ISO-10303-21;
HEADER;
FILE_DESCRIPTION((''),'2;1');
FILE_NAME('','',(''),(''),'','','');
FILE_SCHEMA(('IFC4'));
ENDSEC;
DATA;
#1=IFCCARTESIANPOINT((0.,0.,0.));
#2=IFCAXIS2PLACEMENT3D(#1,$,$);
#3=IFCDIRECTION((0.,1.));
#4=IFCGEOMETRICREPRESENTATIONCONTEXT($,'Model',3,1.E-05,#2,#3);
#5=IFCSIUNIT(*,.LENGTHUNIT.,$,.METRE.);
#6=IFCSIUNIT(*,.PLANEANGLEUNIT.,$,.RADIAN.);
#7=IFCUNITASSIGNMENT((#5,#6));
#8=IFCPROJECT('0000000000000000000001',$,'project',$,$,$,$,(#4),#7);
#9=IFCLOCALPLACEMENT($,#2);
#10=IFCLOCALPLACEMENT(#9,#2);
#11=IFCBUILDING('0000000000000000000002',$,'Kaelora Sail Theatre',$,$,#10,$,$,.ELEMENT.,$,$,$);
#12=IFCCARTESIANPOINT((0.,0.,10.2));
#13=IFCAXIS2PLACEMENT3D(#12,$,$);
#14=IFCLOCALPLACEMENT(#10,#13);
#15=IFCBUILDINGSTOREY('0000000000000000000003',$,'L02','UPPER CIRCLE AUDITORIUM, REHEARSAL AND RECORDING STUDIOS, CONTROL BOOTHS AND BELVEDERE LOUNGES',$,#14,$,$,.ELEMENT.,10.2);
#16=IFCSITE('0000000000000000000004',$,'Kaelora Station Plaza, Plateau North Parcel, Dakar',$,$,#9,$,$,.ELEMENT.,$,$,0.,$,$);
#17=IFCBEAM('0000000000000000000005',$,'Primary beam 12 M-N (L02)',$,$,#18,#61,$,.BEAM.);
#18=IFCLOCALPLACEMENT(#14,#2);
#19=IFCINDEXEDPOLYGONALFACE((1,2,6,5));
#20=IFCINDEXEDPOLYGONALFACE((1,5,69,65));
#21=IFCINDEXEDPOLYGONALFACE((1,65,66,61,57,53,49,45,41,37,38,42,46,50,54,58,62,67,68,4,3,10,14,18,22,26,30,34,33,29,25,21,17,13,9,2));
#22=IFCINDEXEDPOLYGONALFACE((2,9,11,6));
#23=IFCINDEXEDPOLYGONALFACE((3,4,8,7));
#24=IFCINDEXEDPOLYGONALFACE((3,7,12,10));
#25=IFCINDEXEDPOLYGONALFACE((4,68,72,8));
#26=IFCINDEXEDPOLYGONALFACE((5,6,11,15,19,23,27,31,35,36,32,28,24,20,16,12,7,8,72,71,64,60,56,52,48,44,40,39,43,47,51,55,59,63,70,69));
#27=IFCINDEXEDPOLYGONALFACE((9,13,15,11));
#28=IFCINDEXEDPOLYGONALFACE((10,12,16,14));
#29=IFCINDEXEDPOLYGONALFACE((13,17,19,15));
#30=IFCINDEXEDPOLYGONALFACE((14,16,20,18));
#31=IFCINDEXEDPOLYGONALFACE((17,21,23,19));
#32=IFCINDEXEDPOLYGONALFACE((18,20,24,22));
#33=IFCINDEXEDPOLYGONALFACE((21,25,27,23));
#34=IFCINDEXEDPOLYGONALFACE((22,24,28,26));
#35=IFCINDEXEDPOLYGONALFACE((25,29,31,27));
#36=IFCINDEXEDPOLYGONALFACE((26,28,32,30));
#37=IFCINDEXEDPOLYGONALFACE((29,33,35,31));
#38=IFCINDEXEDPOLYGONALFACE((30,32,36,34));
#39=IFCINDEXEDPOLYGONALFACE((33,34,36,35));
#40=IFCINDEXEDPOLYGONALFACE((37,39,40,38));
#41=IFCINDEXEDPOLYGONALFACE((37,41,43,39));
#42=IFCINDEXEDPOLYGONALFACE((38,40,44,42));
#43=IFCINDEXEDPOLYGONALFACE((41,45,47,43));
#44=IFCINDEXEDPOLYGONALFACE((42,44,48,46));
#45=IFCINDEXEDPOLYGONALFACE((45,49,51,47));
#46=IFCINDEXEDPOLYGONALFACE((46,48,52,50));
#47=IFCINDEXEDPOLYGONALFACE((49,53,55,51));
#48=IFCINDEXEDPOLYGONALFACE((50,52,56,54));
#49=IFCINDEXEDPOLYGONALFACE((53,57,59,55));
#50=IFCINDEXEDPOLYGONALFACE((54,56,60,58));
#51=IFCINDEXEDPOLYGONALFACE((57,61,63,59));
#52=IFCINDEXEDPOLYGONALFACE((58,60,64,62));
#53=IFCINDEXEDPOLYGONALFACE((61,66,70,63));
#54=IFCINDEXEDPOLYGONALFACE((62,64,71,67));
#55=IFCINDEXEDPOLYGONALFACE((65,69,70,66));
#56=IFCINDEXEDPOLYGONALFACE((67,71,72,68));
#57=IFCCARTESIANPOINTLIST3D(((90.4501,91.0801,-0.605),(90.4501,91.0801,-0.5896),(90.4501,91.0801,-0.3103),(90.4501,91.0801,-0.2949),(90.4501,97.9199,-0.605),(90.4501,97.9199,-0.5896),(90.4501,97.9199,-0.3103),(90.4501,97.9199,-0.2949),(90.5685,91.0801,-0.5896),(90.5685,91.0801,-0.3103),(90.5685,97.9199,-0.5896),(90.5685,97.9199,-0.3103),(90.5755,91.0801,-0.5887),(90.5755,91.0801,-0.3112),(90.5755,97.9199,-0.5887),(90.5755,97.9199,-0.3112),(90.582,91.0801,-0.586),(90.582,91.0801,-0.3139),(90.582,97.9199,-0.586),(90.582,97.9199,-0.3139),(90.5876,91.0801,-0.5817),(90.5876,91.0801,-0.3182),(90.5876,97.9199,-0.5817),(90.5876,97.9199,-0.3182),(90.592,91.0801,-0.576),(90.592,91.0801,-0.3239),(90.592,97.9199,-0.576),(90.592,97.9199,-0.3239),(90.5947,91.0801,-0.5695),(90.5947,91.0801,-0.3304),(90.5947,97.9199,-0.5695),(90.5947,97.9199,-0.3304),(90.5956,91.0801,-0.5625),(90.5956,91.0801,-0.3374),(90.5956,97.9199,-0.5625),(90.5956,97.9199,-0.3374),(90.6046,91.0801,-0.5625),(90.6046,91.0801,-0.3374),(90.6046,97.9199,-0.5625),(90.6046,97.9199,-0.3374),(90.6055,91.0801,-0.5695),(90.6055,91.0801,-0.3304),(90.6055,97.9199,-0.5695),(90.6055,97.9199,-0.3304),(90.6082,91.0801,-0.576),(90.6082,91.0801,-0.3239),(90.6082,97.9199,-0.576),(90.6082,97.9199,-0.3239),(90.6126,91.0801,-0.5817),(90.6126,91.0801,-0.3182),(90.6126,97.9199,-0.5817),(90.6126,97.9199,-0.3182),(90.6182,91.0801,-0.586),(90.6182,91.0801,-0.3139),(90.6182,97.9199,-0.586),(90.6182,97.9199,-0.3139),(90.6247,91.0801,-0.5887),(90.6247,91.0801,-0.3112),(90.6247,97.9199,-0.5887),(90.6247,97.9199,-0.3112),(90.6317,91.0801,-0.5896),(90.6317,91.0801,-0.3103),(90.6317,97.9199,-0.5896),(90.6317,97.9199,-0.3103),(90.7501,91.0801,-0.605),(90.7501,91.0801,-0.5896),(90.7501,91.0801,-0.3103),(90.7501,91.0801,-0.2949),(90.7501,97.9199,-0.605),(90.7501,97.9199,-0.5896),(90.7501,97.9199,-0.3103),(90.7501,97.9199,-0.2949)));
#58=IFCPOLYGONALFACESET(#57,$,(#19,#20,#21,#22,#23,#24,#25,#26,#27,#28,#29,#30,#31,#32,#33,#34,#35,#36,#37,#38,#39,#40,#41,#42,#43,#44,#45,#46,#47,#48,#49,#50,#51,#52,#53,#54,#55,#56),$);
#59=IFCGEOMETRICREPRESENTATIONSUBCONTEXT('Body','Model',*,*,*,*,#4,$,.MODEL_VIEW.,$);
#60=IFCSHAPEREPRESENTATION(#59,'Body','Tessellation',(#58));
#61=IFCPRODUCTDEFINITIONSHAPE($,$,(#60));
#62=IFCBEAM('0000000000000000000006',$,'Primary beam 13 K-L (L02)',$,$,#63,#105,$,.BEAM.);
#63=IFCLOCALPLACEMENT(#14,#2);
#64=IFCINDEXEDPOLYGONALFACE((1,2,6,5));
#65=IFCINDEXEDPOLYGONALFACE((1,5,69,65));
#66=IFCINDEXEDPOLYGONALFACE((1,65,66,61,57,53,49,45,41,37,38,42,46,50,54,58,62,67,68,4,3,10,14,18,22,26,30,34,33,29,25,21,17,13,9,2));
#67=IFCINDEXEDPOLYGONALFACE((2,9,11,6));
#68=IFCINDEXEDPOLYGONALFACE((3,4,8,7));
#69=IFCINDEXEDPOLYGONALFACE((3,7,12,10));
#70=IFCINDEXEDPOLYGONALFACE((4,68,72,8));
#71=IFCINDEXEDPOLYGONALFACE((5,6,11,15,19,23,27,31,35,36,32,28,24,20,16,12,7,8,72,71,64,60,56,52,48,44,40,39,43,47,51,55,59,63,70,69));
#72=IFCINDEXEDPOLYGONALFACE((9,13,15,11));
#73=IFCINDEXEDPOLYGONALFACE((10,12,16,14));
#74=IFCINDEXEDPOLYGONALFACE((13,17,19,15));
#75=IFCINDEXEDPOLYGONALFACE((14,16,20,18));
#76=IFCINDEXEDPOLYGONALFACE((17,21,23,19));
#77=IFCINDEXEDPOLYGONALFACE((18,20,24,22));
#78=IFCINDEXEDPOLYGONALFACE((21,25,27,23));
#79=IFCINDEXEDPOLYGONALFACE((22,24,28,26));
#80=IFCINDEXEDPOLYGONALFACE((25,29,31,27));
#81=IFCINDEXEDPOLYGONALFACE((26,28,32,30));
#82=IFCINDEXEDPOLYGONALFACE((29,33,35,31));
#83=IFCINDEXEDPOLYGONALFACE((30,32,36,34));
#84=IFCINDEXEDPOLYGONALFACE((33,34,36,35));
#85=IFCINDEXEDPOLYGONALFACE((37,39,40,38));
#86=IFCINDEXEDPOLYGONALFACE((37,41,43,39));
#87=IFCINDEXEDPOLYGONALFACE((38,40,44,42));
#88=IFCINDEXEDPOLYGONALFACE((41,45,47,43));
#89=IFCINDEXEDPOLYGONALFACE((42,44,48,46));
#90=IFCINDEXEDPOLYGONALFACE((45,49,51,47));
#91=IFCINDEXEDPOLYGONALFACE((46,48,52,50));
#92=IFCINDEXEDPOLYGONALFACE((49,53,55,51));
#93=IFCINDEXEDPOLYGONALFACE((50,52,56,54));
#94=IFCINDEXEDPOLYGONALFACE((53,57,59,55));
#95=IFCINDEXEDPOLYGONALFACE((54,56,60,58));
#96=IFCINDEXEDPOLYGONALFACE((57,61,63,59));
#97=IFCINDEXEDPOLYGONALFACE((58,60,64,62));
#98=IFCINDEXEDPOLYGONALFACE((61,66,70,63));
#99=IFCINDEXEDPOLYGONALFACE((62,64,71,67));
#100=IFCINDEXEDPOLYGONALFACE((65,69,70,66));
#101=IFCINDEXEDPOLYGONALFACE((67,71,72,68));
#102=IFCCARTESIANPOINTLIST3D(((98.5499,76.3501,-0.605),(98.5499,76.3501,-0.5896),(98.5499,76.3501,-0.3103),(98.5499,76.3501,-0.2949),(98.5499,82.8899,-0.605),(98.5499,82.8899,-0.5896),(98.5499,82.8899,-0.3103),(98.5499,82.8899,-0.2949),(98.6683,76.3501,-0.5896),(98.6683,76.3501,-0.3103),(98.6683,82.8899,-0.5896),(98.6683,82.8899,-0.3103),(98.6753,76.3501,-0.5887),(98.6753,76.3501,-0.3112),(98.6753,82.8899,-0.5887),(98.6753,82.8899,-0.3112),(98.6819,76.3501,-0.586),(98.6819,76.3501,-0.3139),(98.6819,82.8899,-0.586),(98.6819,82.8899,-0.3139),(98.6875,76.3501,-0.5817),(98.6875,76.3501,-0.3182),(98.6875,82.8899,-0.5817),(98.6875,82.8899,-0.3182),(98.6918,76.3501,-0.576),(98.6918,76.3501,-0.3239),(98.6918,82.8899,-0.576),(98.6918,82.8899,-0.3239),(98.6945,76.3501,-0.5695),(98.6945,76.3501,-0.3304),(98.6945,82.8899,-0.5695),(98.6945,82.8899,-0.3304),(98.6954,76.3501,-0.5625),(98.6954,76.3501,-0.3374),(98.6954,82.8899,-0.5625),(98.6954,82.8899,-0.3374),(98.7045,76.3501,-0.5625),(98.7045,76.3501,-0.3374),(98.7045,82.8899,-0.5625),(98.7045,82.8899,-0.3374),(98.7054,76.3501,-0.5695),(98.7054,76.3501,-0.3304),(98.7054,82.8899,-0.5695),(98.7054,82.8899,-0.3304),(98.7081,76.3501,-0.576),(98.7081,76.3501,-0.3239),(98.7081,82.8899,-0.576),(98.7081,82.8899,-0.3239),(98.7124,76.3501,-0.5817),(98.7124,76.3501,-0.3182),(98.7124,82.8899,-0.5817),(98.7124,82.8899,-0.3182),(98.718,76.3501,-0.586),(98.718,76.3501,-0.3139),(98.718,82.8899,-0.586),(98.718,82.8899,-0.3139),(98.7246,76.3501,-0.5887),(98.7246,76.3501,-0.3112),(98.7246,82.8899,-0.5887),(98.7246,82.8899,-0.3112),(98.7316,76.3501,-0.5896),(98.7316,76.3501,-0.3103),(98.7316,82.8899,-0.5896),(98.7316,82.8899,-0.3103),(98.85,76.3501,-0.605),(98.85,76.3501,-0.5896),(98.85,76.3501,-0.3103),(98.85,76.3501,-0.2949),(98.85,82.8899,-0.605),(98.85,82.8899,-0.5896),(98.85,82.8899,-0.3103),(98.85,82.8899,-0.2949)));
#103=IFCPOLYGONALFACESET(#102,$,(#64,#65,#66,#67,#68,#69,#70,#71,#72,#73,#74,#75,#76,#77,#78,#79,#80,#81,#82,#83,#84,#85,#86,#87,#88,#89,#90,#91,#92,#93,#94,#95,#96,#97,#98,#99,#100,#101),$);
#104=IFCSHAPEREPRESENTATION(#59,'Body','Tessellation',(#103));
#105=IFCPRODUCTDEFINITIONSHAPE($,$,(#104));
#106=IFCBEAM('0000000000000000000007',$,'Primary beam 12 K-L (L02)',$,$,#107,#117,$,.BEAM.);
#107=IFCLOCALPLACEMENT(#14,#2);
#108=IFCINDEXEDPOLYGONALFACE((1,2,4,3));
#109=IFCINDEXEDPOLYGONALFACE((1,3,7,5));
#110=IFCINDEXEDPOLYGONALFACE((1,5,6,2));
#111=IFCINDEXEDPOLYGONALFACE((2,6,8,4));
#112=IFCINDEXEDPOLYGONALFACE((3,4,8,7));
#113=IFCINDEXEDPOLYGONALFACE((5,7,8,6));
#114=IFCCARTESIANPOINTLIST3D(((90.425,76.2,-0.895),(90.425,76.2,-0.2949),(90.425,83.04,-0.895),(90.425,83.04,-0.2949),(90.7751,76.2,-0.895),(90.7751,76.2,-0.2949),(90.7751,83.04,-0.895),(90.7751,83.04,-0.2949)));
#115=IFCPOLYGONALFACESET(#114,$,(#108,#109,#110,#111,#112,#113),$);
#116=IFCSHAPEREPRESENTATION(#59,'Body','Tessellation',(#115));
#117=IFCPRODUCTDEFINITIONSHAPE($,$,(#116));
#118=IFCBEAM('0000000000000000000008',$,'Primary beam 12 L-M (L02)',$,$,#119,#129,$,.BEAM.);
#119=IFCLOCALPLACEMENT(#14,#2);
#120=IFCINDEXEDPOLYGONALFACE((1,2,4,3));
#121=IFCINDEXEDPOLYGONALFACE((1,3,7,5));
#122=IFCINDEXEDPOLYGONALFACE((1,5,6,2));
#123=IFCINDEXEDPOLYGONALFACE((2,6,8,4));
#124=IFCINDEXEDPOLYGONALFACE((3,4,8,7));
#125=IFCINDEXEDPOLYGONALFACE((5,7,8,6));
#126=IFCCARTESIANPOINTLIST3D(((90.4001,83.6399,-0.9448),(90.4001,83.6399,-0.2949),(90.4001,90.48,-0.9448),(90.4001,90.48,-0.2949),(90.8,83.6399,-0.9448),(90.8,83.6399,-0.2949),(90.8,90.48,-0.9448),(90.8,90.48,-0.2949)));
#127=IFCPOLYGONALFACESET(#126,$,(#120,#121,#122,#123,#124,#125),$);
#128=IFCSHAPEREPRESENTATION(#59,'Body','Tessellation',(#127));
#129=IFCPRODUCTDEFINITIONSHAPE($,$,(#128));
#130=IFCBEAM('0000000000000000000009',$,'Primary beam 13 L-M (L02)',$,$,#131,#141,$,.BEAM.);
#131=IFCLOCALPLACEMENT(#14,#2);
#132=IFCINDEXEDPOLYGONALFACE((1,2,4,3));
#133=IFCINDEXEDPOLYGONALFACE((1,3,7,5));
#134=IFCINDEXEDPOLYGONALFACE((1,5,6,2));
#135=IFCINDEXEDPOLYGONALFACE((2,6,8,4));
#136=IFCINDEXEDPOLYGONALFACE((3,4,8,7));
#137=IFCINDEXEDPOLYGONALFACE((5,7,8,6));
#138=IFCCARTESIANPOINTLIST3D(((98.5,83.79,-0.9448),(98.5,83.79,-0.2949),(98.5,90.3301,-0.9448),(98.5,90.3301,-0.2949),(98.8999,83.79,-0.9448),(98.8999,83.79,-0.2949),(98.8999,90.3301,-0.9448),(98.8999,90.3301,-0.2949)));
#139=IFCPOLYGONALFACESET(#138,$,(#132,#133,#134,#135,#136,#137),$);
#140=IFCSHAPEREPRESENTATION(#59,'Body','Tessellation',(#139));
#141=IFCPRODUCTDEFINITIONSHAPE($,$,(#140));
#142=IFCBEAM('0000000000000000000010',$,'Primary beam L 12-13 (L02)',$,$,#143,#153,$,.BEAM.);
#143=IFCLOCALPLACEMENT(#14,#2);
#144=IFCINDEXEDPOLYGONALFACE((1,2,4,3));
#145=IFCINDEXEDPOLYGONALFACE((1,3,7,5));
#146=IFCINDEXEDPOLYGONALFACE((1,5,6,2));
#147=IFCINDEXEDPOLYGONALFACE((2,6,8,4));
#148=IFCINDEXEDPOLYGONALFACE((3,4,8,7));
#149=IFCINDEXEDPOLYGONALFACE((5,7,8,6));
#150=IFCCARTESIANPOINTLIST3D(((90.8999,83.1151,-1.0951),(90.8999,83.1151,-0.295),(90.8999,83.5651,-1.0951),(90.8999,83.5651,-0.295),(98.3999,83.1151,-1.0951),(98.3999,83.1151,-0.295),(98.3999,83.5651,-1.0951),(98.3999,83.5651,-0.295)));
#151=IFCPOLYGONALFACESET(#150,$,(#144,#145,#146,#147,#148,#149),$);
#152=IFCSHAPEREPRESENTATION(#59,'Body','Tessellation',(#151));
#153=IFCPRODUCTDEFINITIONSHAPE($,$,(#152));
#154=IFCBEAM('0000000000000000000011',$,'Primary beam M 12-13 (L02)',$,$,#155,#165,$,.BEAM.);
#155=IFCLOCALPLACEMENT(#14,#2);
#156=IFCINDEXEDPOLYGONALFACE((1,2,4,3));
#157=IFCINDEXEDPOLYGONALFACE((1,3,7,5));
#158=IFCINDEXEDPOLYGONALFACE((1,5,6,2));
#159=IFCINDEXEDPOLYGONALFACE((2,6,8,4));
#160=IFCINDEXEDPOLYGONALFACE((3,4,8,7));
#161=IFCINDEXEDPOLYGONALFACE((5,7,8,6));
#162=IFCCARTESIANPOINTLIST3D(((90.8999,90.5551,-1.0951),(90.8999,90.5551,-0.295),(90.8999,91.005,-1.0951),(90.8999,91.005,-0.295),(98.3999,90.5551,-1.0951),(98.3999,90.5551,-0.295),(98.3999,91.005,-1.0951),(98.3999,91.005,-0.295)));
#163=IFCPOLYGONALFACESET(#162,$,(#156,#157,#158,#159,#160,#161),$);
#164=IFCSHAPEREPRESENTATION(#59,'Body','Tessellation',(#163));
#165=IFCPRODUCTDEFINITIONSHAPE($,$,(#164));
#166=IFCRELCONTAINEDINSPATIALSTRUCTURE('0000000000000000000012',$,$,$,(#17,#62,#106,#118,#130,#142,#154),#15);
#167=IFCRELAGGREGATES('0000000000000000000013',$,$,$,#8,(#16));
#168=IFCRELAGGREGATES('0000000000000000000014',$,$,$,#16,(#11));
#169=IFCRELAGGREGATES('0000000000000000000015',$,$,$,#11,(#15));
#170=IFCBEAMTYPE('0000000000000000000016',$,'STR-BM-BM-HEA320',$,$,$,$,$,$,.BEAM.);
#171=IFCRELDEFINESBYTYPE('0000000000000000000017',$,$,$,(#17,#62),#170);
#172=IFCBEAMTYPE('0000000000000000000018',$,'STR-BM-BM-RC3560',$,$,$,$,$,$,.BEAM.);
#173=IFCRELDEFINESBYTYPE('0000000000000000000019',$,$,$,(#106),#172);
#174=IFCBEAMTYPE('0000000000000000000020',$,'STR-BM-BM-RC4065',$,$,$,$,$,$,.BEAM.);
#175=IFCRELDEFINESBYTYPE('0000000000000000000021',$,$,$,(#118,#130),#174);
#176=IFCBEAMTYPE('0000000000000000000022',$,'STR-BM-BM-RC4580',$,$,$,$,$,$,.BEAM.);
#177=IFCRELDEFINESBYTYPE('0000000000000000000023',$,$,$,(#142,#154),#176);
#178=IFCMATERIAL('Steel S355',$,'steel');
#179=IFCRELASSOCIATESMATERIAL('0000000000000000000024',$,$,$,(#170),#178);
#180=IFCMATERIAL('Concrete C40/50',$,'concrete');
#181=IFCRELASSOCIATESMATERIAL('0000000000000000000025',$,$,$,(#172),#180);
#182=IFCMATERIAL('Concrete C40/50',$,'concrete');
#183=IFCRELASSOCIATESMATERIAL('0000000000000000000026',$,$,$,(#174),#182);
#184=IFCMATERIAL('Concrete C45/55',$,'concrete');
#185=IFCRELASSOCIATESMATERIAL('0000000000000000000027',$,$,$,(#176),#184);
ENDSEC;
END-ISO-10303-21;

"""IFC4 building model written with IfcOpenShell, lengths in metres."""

from ifc_helpers import new_model, si_unit, direction, frame, origin, origin_2d, place, context, subcontext, project, spatial, rectangle, i_section, extrude, material, material_profile, profile_set, type_object, element, save


model = new_model("IFC4")

# Units and contexts
model_context = context("Model", 3, precision=1e-05, world=origin(), true_north=direction((0.0, 1.0)))
body_context = subcontext(model_context, "Body", "Model", "MODEL_VIEW")
ifc_project = project(units=[si_unit("LENGTHUNIT", "METRE"), si_unit("PLANEANGLEUNIT", "RADIAN")], contexts=[model_context])

# Site, building, storey
site_placement = place(None, origin())
site = spatial("IfcSite", under=ifc_project, at=site_placement, Name="Kaelora Station Plaza, Plateau North Parcel, Dakar", CompositionType="ELEMENT", RefElevation=0.0)
building_placement = place(site_placement, origin())
building = spatial("IfcBuilding", under=site, at=building_placement, Name="Kaelora Sail Theatre", CompositionType="ELEMENT")
storey_placement = place(building_placement, frame((0.0, 0.0, 10.2)))
storey = spatial("IfcBuildingStorey", under=building, at=storey_placement, Name="L02", Description="UPPER CIRCLE AUDITORIUM, REHEARSAL AND RECORDING STUDIOS, CONTROL BOOTHS AND BELVEDERE LOUNGES", CompositionType="ELEMENT", Elevation=10.2)

# Beams
ifc_material_1 = material(Name="Steel S355", Category="steel")
ifc_material_profile_1 = material_profile(ifc_material_1, i_section(OverallWidth=0.3, OverallDepth=0.3101, WebThickness=0.009, FlangeThickness=0.0154, FilletRadius=0.0271, at=origin_2d()), Name="HEA 320")
ifc_profile_set_1 = profile_set([ifc_material_profile_1], Name="Steel S355")
beam_type_1 = type_object("IfcBeamType", Name="STR-BM-BM-HEA320", PredefinedType="BEAM", material=ifc_profile_set_1)
beam_1_placement = place(storey_placement, frame((90.6001, 91.0801, -0.45), z_axis=(0.0, 1.0, 0.0), x_axis=(-1.0, 0.0, 0.0)))
element("IfcBeam", 1, at=beam_1_placement, inside=storey, type_object=beam_type_1, Name="Primary beam 12 M-N (L02)", PredefinedType="BEAM", context=body_context, shape_type="SweptSolid", body=[
    extrude(i_section(OverallWidth=0.3, OverallDepth=0.3101, WebThickness=0.009, FlangeThickness=0.0154, FilletRadius=0.0271, at=origin_2d()), origin(), (0.0, 0.0, 1.0), 6.8398),
])
beam_2_placement = place(storey_placement, frame((98.7, 76.3501, -0.45), z_axis=(0.0, 1.0, 0.0), x_axis=(-1.0, 0.0, 0.0)))
element("IfcBeam", 2, at=beam_2_placement, inside=storey, type_object=beam_type_1, Name="Primary beam 13 K-L (L02)", PredefinedType="BEAM", context=body_context, shape_type="SweptSolid", body=[
    extrude(i_section(OverallWidth=0.3, OverallDepth=0.3101, WebThickness=0.009, FlangeThickness=0.0154, FilletRadius=0.0271, at=origin_2d()), origin(), (0.0, 0.0, 1.0), 6.5398),
])
ifc_material_2 = material(Name="Concrete C40/50", Category="concrete")
ifc_material_profile_2 = material_profile(ifc_material_2, rectangle(XDim=0.3501, YDim=0.6001, at=origin_2d()), Name="RC-BM 350x600")
ifc_profile_set_2 = profile_set([ifc_material_profile_2], Name="Concrete C40/50")
beam_type_2 = type_object("IfcBeamType", Name="STR-BM-BM-RC3560", PredefinedType="BEAM", material=ifc_profile_set_2)
beam_3_placement = place(storey_placement, frame((90.6001, 76.2, -0.595), z_axis=(0.0, 1.0, 0.0), x_axis=(-1.0, 0.0, 0.0)))
element("IfcBeam", 3, at=beam_3_placement, inside=storey, type_object=beam_type_2, Name="Primary beam 12 K-L (L02)", PredefinedType="BEAM", context=body_context, shape_type="SweptSolid", body=[
    extrude(rectangle(XDim=0.3501, YDim=0.6001, at=origin_2d()), origin(), (0.0, 0.0, 1.0), 6.8401),
])
ifc_material_3 = material(Name="Concrete C40/50", Category="concrete")
ifc_material_profile_3 = material_profile(ifc_material_3, rectangle(XDim=0.3999, YDim=0.6499, at=origin_2d()), Name="RC-BM 400x650")
ifc_profile_set_3 = profile_set([ifc_material_profile_3], Name="Concrete C40/50")
beam_type_3 = type_object("IfcBeamType", Name="STR-BM-BM-RC4065", PredefinedType="BEAM", material=ifc_profile_set_3)
beam_4_placement = place(storey_placement, frame((90.6001, 83.6399, -0.6199), z_axis=(0.0, 1.0, 0.0), x_axis=(-1.0, 0.0, 0.0)))
element("IfcBeam", 4, at=beam_4_placement, inside=storey, type_object=beam_type_3, Name="Primary beam 12 L-M (L02)", PredefinedType="BEAM", context=body_context, shape_type="SweptSolid", body=[
    extrude(rectangle(XDim=0.3999, YDim=0.6499, at=origin_2d()), origin(), (0.0, 0.0, 1.0), 6.8401),
])
beam_5_placement = place(storey_placement, frame((98.7, 83.79, -0.6199), z_axis=(0.0, 1.0, 0.0), x_axis=(-1.0, 0.0, 0.0)))
element("IfcBeam", 5, at=beam_5_placement, inside=storey, type_object=beam_type_3, Name="Primary beam 13 L-M (L02)", PredefinedType="BEAM", context=body_context, shape_type="SweptSolid", body=[
    extrude(rectangle(XDim=0.3999, YDim=0.6499, at=origin_2d()), origin(), (0.0, 0.0, 1.0), 6.54),
])
ifc_material_4 = material(Name="Concrete C45/55", Category="concrete")
ifc_material_profile_4 = material_profile(ifc_material_4, rectangle(XDim=0.45, YDim=0.8, at=origin_2d()), Name="RC-BM 450x800")
ifc_profile_set_4 = profile_set([ifc_material_profile_4], Name="Concrete C45/55")
beam_type_4 = type_object("IfcBeamType", Name="STR-BM-BM-RC4580", PredefinedType="BEAM", material=ifc_profile_set_4)
for number, where, z_axis, x_axis, name in (
    (6, (90.8999, 83.3401, -0.6951), (1.0, 0.0, 0.0), (0.0, 1.0, 0.0), "Primary beam L 12-13 (L02)"),
    (7, (90.8999, 90.78, -0.6951), (1.0, 0.0, 0.0), (0.0, 1.0, 0.0), "Primary beam M 12-13 (L02)"),
):
    element("IfcBeam", number, at=place(storey_placement, frame(where, z_axis=z_axis, x_axis=x_axis)), inside=storey, type_object=beam_type_4, Name=name, PredefinedType="BEAM", context=body_context, shape_type="SweptSolid", body=[
        extrude(rectangle(XDim=0.45, YDim=0.8, at=origin_2d()), origin(), (0.0, 0.0, 1.0), 7.5),
    ])

save(model, "model.ifc")
